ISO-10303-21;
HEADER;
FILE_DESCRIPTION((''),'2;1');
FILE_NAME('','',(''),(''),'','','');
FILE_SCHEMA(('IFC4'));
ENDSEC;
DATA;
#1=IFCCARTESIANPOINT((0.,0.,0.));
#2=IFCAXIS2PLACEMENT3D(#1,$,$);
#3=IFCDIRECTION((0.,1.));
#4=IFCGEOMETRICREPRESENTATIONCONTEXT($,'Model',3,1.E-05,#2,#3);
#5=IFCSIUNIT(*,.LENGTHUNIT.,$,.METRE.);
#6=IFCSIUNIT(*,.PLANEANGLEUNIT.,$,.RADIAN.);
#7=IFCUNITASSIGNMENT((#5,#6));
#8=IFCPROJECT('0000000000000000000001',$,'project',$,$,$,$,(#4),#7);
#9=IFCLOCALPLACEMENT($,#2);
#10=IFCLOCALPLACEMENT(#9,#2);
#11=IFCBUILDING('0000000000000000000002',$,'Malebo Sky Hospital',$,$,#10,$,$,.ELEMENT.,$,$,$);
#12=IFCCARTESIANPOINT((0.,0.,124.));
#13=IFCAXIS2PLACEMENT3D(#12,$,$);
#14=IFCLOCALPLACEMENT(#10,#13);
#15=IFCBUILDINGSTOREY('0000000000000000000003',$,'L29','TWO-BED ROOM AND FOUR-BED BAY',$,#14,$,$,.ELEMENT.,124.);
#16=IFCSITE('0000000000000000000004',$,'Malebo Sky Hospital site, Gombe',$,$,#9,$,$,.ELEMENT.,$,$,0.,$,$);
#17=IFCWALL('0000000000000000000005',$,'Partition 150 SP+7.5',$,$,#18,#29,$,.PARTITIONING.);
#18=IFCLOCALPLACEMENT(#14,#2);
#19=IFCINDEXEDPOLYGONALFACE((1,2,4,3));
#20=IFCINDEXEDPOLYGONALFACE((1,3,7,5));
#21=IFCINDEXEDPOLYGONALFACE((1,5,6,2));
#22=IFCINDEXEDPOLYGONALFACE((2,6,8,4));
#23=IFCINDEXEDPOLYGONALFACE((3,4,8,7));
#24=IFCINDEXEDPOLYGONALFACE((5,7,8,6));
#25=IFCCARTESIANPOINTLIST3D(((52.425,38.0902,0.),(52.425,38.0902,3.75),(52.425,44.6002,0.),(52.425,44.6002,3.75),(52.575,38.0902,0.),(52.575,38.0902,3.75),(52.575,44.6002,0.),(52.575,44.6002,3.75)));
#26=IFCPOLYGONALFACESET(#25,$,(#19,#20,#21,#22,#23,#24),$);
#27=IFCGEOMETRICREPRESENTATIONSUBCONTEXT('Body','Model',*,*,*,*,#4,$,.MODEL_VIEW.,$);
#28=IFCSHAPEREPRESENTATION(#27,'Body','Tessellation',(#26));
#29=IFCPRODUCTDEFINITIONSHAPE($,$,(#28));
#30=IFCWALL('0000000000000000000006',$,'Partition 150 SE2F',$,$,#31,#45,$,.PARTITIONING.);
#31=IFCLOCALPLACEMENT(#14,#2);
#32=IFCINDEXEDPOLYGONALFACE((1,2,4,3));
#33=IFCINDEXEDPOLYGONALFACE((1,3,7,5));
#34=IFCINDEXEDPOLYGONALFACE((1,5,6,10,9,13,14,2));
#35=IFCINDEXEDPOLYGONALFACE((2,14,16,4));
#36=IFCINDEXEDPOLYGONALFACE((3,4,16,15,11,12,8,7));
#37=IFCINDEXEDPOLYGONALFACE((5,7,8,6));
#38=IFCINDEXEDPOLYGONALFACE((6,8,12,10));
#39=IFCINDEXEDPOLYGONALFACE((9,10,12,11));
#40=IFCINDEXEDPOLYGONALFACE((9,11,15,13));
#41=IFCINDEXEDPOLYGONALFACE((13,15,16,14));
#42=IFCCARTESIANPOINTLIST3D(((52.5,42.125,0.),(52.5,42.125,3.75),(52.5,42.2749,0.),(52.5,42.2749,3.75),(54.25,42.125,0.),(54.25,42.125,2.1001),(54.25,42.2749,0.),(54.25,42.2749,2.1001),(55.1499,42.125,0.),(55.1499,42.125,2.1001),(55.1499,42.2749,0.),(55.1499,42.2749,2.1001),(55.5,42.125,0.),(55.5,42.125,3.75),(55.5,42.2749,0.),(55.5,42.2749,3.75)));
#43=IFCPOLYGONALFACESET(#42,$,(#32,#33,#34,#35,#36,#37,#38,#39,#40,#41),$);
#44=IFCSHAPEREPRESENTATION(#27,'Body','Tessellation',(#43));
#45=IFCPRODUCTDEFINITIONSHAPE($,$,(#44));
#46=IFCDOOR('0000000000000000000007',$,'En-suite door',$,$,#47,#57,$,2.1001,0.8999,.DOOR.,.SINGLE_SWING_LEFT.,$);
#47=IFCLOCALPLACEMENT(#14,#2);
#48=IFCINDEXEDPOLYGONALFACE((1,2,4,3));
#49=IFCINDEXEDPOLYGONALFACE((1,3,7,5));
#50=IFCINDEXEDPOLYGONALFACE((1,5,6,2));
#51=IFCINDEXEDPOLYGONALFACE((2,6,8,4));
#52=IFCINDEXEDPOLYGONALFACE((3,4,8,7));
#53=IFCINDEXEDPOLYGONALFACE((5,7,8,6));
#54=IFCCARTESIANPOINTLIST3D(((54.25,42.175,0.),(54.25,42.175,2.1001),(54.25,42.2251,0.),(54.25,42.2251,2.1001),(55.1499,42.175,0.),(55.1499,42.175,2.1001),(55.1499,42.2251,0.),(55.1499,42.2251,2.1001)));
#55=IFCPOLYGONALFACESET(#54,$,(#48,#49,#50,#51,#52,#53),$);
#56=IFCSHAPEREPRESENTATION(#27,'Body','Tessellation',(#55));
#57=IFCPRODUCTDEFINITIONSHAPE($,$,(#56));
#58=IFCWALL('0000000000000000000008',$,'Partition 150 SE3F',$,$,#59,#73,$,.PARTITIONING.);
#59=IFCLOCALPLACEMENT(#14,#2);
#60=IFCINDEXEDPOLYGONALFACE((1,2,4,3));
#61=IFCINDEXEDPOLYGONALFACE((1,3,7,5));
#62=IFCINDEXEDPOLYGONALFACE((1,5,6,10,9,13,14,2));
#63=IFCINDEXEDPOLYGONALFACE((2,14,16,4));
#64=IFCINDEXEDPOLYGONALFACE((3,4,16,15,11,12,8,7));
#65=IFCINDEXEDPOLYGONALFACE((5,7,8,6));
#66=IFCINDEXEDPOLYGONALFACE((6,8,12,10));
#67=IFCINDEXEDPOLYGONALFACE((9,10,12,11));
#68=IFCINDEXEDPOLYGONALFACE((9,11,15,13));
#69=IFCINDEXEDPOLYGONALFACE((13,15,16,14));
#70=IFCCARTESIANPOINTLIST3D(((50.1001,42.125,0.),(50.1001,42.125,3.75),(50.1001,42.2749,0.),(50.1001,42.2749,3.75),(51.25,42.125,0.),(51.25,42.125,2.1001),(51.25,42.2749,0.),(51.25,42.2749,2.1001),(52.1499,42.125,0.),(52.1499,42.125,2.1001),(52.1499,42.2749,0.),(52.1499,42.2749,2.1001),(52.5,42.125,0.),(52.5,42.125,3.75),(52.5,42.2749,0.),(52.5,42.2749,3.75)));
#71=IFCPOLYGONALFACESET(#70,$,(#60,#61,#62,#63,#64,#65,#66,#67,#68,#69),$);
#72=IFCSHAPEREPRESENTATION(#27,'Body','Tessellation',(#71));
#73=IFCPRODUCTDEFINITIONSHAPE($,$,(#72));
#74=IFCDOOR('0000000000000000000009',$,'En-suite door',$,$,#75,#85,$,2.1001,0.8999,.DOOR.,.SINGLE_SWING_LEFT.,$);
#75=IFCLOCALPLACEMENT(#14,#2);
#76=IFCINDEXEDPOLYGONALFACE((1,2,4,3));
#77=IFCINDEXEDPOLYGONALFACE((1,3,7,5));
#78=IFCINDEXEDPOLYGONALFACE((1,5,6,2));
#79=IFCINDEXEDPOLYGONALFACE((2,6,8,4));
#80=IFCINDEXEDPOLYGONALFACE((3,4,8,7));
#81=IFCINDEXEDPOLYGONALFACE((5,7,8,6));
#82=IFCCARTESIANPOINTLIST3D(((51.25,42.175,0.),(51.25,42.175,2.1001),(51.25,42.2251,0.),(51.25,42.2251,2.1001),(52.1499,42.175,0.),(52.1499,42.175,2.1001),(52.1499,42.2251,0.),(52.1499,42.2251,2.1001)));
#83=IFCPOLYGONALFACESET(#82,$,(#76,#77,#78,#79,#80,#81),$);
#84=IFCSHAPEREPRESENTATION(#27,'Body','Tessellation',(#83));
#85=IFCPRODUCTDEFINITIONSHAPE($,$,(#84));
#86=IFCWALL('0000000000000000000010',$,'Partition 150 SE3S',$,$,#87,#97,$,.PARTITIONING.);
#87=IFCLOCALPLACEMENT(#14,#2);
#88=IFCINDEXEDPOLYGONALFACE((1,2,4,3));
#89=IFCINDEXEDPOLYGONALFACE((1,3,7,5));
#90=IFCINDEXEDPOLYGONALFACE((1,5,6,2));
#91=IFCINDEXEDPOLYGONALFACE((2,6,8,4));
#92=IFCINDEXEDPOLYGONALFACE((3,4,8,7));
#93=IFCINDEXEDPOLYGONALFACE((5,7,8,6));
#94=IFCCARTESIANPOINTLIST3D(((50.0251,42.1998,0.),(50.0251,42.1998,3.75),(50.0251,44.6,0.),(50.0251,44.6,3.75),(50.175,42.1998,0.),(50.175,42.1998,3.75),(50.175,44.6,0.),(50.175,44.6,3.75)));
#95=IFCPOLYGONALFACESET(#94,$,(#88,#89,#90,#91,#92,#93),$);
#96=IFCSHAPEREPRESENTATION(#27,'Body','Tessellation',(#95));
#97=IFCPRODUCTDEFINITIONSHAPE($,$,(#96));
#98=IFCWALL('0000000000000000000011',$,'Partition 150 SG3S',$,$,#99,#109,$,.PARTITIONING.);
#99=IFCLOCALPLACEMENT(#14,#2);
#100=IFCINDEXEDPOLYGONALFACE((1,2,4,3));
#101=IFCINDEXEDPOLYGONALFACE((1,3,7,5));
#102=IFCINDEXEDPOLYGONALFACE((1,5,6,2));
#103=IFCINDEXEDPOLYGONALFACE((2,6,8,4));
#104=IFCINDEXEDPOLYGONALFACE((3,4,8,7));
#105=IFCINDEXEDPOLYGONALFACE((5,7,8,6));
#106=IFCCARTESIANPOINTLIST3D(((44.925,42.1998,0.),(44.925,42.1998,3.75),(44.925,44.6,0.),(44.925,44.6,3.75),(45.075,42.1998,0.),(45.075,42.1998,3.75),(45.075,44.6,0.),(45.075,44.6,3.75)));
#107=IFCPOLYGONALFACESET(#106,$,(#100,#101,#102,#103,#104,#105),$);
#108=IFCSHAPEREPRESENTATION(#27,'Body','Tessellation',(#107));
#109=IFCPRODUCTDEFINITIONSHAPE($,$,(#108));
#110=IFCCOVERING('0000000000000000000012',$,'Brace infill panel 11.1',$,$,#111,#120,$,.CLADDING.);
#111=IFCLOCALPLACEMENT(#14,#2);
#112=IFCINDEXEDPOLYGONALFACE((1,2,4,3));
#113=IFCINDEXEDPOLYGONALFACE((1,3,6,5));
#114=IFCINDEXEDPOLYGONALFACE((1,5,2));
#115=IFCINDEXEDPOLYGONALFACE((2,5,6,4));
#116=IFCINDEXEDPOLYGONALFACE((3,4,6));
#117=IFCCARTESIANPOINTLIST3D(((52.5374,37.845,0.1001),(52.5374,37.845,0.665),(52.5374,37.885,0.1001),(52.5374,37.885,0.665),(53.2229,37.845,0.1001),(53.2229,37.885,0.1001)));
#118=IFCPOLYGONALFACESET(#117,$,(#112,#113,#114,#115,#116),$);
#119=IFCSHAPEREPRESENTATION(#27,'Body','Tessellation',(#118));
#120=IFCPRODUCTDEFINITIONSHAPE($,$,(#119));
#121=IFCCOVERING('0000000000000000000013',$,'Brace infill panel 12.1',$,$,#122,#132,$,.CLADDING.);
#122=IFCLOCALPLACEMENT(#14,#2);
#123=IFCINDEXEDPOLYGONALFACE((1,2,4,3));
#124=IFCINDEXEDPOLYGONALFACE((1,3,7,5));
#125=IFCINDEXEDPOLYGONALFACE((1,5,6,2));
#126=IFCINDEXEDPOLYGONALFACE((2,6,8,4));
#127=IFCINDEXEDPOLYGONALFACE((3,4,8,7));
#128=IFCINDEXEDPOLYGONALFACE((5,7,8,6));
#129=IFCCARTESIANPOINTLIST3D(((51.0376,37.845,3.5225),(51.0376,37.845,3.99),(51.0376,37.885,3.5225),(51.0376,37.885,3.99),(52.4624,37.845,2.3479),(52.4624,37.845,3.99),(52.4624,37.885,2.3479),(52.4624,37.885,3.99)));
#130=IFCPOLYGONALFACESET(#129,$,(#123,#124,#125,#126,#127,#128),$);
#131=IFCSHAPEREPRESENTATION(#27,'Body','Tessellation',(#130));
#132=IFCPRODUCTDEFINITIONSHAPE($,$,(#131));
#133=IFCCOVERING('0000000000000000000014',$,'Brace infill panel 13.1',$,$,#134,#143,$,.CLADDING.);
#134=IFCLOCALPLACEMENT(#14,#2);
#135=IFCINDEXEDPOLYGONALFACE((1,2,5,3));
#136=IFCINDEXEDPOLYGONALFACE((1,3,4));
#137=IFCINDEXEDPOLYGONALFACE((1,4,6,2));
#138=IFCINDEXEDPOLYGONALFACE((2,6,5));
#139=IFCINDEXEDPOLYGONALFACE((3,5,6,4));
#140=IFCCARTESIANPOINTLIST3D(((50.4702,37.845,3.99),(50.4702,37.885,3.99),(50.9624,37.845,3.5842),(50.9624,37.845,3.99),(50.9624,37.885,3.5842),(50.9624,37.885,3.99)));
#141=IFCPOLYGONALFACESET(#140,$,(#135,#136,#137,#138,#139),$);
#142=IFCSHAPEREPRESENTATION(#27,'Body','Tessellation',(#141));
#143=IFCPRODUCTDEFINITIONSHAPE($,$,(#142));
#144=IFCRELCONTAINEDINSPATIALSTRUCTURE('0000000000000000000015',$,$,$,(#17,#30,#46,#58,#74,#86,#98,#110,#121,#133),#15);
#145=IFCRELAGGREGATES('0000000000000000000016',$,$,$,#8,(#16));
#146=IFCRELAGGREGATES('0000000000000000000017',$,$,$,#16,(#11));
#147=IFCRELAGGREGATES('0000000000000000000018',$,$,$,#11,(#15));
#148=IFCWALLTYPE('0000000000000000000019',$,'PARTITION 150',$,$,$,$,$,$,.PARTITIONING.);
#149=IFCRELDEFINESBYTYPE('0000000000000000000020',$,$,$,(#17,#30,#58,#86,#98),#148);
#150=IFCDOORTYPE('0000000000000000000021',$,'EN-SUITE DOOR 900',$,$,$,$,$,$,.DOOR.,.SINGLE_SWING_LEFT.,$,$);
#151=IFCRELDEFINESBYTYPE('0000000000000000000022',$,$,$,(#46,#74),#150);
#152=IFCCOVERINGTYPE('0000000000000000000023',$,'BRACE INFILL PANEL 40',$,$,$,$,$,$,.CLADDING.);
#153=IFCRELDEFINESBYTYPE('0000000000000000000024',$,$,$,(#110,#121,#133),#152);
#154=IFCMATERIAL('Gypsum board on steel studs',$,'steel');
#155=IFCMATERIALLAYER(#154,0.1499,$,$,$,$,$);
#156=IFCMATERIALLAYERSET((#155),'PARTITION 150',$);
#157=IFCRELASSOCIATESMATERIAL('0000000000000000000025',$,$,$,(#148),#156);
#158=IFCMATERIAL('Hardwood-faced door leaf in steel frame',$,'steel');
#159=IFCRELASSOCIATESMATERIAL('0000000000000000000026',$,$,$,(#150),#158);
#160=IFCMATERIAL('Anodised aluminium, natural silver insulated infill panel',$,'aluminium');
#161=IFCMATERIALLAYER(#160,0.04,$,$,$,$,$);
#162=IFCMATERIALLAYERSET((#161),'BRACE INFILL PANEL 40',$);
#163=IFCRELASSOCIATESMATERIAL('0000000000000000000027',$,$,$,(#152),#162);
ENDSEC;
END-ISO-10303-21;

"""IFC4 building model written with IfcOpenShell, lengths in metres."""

from ifc_helpers import new_model, si_unit, direction, frame, frame_2d, origin, place, context, subcontext, project, spatial, polyline, rectangle, outline, extrude, material, layer, layer_set, type_object, element, fill, save


model = new_model("IFC4")

# Units and contexts
model_context = context("Model", 3, precision=1e-05, world=origin(), true_north=direction((0.0, 1.0)))
body_context = subcontext(model_context, "Body", "Model", "MODEL_VIEW")
ifc_project = project(units=[si_unit("LENGTHUNIT", "METRE"), si_unit("PLANEANGLEUNIT", "RADIAN")], contexts=[model_context])

# Site, building, storey
site_placement = place(None, origin())
site = spatial("IfcSite", under=ifc_project, at=site_placement, Name="Malebo Sky Hospital site, Gombe", CompositionType="ELEMENT", RefElevation=0.0)
building_placement = place(site_placement, origin())
building = spatial("IfcBuilding", under=site, at=building_placement, Name="Malebo Sky Hospital", CompositionType="ELEMENT")
storey_placement = place(building_placement, frame((0.0, 0.0, 124.0)))
storey = spatial("IfcBuildingStorey", under=building, at=storey_placement, Name="L29", Description="TWO-BED ROOM AND FOUR-BED BAY", CompositionType="ELEMENT", Elevation=124.0)

# Wall
ifc_material_1 = material(Name="Gypsum board on steel studs", Category="steel")
ifc_layer_1 = layer(ifc_material_1, 0.1499)
ifc_layer_set_1 = layer_set([ifc_layer_1], Name="PARTITION 150")
wall_type = type_object("IfcWallType", Name="PARTITION 150", PredefinedType="PARTITIONING", material=ifc_layer_set_1)
wall_1_placement = place(storey_placement, frame((52.5, 44.6001, 0.0), z_axis=(0.0, 0.0, 1.0), x_axis=(0.0, -1.0, 0.0)))
element("IfcWall", 1, at=wall_1_placement, inside=storey, type_object=wall_type, Name="Partition 150 SP+7.5", PredefinedType="PARTITIONING", context=body_context, shape_type="SweptSolid", body=[
    extrude(rectangle(XDim=6.51, YDim=0.1499, at=frame_2d((3.2549, 0.0))), origin(), (0.0, 0.0, 1.0), 3.75),
])

# Walls, openings, doors
wall_2_placement = place(storey_placement, frame((55.5, 42.2, 0.0), z_axis=(0.0, 0.0, 1.0), x_axis=(-1.0, 0.0, 0.0)))
wall_2 = element("IfcWall", 2, at=wall_2_placement, inside=storey, type_object=wall_type, Name="Partition 150 SE2F", PredefinedType="PARTITIONING", context=body_context, shape_type="SweptSolid", body=[
    extrude(rectangle(XDim=3.0, YDim=0.1499, at=frame_2d((1.5, 0.0))), origin(), (0.0, 0.0, 1.0), 3.75),
])
opening_1_placement = place(wall_2_placement, frame((0.3501, 0.0, 0.0)))
opening_1 = element("IfcOpeningElement", 3, at=opening_1_placement, cuts=wall_2, PredefinedType="OPENING", context=body_context, shape_type="SweptSolid", body=[
    extrude(rectangle(XDim=0.8999, YDim=2.1001, at=frame_2d((0.45, 1.05))), frame((0.0, 0.085, 0.0), z_axis=(0.0, -1.0, 0.0), x_axis=(1.0, 0.0, 0.0)), (0.0, 0.0, 1.0), 0.1699),
])
ifc_material_2 = material(Name="Hardwood-faced door leaf in steel frame", Category="steel")
door_type = type_object("IfcDoorType", Name="EN-SUITE DOOR 900", OperationType="SINGLE_SWING_LEFT", PredefinedType="DOOR", material=ifc_material_2)
door_1_placement = place(opening_1_placement, origin())
door_1 = element("IfcDoor", 4, at=door_1_placement, inside=storey, type_object=door_type, Name="En-suite door", OperationType="SINGLE_SWING_LEFT", OverallHeight=2.1001, OverallWidth=0.8999, PredefinedType="DOOR", context=body_context, shape_type="SweptSolid", body=[
    extrude(rectangle(XDim=0.8999, YDim=2.1001, at=frame_2d((0.45, 1.05))), frame((0.0, 0.0249, 0.0), z_axis=(0.0, -1.0, 0.0), x_axis=(1.0, 0.0, 0.0)), (0.0, 0.0, 1.0), 0.05),
])
fill(opening_1, door_1)
wall_3_placement = place(storey_placement, frame((52.5, 42.2, 0.0), z_axis=(0.0, 0.0, 1.0), x_axis=(-1.0, 0.0, 0.0)))
wall_3 = element("IfcWall", 5, at=wall_3_placement, inside=storey, type_object=wall_type, Name="Partition 150 SE3F", PredefinedType="PARTITIONING", context=body_context, shape_type="SweptSolid", body=[
    extrude(rectangle(XDim=2.3999, YDim=0.1499, at=frame_2d((1.2, 0.0))), origin(), (0.0, 0.0, 1.0), 3.75),
])
opening_2_placement = place(wall_3_placement, frame((0.3501, 0.0, 0.0)))
opening_2 = element("IfcOpeningElement", 6, at=opening_2_placement, cuts=wall_3, PredefinedType="OPENING", context=body_context, shape_type="SweptSolid", body=[
    extrude(rectangle(XDim=0.8999, YDim=2.1001, at=frame_2d((0.45, 1.05))), frame((0.0, 0.085, 0.0), z_axis=(0.0, -1.0, 0.0), x_axis=(1.0, 0.0, 0.0)), (0.0, 0.0, 1.0), 0.1699),
])
door_2_placement = place(opening_2_placement, origin())
door_2 = element("IfcDoor", 7, at=door_2_placement, inside=storey, type_object=door_type, Name="En-suite door", OperationType="SINGLE_SWING_LEFT", OverallHeight=2.1001, OverallWidth=0.8999, PredefinedType="DOOR", context=body_context, shape_type="SweptSolid", body=[
    extrude(rectangle(XDim=0.8999, YDim=2.1001, at=frame_2d((0.45, 1.05))), frame((0.0, 0.0249, 0.0), z_axis=(0.0, -1.0, 0.0), x_axis=(1.0, 0.0, 0.0)), (0.0, 0.0, 1.0), 0.05),
])
fill(opening_2, door_2)

# Walls
for number, where, z_axis, x_axis, name in (
    (8, (50.1001, 44.6001, 0.0), (0.0, 0.0, 1.0), (0.0, -1.0, 0.0), "Partition 150 SE3S"),
    (9, (45.0, 44.6001, 0.0), (0.0, 0.0, 1.0), (0.0, -1.0, 0.0), "Partition 150 SG3S"),
):
    element("IfcWall", number, at=place(storey_placement, frame(where, z_axis=z_axis, x_axis=x_axis)), inside=storey, type_object=wall_type, Name=name, PredefinedType="PARTITIONING", context=body_context, shape_type="SweptSolid", body=[
        extrude(rectangle(XDim=2.4001, YDim=0.1499, at=frame_2d((1.2002, 0.0))), origin(), (0.0, 0.0, 1.0), 3.75),
    ])

# Coverings
ifc_material_3 = material(Name="Anodised aluminium, natural silver insulated infill panel", Category="aluminium")
ifc_layer_2 = layer(ifc_material_3, 0.04)
ifc_layer_set_2 = layer_set([ifc_layer_2], Name="BRACE INFILL PANEL 40")
covering_type = type_object("IfcCoveringType", Name="BRACE INFILL PANEL 40", PredefinedType="CLADDING", material=ifc_layer_set_2)
covering_1_placement = place(storey_placement, frame((52.8801, 37.865, 0.1001), z_axis=(0.0, 0.0, 1.0), x_axis=(-1.0, 0.0, 0.0)))
element("IfcCovering", 10, at=covering_1_placement, inside=storey, type_object=covering_type, Name="Brace infill panel 11.1", PredefinedType="CLADDING", context=body_context, shape_type="SweptSolid", body=[
    extrude(outline(polyline([(-0.3428, 0.0), (0.3428, 0.0), (0.3428, 0.5649), (-0.3428, 0.0)])), frame((0.0, 0.02, 0.0), z_axis=(0.0, -1.0, 0.0), x_axis=(1.0, 0.0, 0.0)), (0.0, 0.0, 1.0), 0.04),
])
covering_2_placement = place(storey_placement, frame((51.75, 37.865, 2.3479), z_axis=(0.0, 0.0, 1.0), x_axis=(-1.0, 0.0, 0.0)))
element("IfcCovering", 11, at=covering_2_placement, inside=storey, type_object=covering_type, Name="Brace infill panel 12.1", PredefinedType="CLADDING", context=body_context, shape_type="SweptSolid", body=[
    extrude(outline(polyline([(-0.7124, 0.0), (0.7124, 1.1746), (0.7124, 1.6421), (-0.7124, 1.6421), (-0.7124, 0.0)])), frame((0.0, 0.02, 0.0), z_axis=(0.0, -1.0, 0.0), x_axis=(1.0, 0.0, 0.0)), (0.0, 0.0, 1.0), 0.04),
])
covering_3_placement = place(storey_placement, frame((50.7163, 37.865, 3.5842), z_axis=(0.0, 0.0, 1.0), x_axis=(-1.0, 0.0, 0.0)))
element("IfcCovering", 12, at=covering_3_placement, inside=storey, type_object=covering_type, Name="Brace infill panel 13.1", PredefinedType="CLADDING", context=body_context, shape_type="SweptSolid", body=[
    extrude(outline(polyline([(-0.2461, 0.0), (0.2461, 0.4058), (-0.2461, 0.4058), (-0.2461, 0.0)])), frame((0.0, 0.02, 0.0), z_axis=(0.0, -1.0, 0.0), x_axis=(1.0, 0.0, 0.0)), (0.0, 0.0, 1.0), 0.04),
])

save(model, "model.ifc")
